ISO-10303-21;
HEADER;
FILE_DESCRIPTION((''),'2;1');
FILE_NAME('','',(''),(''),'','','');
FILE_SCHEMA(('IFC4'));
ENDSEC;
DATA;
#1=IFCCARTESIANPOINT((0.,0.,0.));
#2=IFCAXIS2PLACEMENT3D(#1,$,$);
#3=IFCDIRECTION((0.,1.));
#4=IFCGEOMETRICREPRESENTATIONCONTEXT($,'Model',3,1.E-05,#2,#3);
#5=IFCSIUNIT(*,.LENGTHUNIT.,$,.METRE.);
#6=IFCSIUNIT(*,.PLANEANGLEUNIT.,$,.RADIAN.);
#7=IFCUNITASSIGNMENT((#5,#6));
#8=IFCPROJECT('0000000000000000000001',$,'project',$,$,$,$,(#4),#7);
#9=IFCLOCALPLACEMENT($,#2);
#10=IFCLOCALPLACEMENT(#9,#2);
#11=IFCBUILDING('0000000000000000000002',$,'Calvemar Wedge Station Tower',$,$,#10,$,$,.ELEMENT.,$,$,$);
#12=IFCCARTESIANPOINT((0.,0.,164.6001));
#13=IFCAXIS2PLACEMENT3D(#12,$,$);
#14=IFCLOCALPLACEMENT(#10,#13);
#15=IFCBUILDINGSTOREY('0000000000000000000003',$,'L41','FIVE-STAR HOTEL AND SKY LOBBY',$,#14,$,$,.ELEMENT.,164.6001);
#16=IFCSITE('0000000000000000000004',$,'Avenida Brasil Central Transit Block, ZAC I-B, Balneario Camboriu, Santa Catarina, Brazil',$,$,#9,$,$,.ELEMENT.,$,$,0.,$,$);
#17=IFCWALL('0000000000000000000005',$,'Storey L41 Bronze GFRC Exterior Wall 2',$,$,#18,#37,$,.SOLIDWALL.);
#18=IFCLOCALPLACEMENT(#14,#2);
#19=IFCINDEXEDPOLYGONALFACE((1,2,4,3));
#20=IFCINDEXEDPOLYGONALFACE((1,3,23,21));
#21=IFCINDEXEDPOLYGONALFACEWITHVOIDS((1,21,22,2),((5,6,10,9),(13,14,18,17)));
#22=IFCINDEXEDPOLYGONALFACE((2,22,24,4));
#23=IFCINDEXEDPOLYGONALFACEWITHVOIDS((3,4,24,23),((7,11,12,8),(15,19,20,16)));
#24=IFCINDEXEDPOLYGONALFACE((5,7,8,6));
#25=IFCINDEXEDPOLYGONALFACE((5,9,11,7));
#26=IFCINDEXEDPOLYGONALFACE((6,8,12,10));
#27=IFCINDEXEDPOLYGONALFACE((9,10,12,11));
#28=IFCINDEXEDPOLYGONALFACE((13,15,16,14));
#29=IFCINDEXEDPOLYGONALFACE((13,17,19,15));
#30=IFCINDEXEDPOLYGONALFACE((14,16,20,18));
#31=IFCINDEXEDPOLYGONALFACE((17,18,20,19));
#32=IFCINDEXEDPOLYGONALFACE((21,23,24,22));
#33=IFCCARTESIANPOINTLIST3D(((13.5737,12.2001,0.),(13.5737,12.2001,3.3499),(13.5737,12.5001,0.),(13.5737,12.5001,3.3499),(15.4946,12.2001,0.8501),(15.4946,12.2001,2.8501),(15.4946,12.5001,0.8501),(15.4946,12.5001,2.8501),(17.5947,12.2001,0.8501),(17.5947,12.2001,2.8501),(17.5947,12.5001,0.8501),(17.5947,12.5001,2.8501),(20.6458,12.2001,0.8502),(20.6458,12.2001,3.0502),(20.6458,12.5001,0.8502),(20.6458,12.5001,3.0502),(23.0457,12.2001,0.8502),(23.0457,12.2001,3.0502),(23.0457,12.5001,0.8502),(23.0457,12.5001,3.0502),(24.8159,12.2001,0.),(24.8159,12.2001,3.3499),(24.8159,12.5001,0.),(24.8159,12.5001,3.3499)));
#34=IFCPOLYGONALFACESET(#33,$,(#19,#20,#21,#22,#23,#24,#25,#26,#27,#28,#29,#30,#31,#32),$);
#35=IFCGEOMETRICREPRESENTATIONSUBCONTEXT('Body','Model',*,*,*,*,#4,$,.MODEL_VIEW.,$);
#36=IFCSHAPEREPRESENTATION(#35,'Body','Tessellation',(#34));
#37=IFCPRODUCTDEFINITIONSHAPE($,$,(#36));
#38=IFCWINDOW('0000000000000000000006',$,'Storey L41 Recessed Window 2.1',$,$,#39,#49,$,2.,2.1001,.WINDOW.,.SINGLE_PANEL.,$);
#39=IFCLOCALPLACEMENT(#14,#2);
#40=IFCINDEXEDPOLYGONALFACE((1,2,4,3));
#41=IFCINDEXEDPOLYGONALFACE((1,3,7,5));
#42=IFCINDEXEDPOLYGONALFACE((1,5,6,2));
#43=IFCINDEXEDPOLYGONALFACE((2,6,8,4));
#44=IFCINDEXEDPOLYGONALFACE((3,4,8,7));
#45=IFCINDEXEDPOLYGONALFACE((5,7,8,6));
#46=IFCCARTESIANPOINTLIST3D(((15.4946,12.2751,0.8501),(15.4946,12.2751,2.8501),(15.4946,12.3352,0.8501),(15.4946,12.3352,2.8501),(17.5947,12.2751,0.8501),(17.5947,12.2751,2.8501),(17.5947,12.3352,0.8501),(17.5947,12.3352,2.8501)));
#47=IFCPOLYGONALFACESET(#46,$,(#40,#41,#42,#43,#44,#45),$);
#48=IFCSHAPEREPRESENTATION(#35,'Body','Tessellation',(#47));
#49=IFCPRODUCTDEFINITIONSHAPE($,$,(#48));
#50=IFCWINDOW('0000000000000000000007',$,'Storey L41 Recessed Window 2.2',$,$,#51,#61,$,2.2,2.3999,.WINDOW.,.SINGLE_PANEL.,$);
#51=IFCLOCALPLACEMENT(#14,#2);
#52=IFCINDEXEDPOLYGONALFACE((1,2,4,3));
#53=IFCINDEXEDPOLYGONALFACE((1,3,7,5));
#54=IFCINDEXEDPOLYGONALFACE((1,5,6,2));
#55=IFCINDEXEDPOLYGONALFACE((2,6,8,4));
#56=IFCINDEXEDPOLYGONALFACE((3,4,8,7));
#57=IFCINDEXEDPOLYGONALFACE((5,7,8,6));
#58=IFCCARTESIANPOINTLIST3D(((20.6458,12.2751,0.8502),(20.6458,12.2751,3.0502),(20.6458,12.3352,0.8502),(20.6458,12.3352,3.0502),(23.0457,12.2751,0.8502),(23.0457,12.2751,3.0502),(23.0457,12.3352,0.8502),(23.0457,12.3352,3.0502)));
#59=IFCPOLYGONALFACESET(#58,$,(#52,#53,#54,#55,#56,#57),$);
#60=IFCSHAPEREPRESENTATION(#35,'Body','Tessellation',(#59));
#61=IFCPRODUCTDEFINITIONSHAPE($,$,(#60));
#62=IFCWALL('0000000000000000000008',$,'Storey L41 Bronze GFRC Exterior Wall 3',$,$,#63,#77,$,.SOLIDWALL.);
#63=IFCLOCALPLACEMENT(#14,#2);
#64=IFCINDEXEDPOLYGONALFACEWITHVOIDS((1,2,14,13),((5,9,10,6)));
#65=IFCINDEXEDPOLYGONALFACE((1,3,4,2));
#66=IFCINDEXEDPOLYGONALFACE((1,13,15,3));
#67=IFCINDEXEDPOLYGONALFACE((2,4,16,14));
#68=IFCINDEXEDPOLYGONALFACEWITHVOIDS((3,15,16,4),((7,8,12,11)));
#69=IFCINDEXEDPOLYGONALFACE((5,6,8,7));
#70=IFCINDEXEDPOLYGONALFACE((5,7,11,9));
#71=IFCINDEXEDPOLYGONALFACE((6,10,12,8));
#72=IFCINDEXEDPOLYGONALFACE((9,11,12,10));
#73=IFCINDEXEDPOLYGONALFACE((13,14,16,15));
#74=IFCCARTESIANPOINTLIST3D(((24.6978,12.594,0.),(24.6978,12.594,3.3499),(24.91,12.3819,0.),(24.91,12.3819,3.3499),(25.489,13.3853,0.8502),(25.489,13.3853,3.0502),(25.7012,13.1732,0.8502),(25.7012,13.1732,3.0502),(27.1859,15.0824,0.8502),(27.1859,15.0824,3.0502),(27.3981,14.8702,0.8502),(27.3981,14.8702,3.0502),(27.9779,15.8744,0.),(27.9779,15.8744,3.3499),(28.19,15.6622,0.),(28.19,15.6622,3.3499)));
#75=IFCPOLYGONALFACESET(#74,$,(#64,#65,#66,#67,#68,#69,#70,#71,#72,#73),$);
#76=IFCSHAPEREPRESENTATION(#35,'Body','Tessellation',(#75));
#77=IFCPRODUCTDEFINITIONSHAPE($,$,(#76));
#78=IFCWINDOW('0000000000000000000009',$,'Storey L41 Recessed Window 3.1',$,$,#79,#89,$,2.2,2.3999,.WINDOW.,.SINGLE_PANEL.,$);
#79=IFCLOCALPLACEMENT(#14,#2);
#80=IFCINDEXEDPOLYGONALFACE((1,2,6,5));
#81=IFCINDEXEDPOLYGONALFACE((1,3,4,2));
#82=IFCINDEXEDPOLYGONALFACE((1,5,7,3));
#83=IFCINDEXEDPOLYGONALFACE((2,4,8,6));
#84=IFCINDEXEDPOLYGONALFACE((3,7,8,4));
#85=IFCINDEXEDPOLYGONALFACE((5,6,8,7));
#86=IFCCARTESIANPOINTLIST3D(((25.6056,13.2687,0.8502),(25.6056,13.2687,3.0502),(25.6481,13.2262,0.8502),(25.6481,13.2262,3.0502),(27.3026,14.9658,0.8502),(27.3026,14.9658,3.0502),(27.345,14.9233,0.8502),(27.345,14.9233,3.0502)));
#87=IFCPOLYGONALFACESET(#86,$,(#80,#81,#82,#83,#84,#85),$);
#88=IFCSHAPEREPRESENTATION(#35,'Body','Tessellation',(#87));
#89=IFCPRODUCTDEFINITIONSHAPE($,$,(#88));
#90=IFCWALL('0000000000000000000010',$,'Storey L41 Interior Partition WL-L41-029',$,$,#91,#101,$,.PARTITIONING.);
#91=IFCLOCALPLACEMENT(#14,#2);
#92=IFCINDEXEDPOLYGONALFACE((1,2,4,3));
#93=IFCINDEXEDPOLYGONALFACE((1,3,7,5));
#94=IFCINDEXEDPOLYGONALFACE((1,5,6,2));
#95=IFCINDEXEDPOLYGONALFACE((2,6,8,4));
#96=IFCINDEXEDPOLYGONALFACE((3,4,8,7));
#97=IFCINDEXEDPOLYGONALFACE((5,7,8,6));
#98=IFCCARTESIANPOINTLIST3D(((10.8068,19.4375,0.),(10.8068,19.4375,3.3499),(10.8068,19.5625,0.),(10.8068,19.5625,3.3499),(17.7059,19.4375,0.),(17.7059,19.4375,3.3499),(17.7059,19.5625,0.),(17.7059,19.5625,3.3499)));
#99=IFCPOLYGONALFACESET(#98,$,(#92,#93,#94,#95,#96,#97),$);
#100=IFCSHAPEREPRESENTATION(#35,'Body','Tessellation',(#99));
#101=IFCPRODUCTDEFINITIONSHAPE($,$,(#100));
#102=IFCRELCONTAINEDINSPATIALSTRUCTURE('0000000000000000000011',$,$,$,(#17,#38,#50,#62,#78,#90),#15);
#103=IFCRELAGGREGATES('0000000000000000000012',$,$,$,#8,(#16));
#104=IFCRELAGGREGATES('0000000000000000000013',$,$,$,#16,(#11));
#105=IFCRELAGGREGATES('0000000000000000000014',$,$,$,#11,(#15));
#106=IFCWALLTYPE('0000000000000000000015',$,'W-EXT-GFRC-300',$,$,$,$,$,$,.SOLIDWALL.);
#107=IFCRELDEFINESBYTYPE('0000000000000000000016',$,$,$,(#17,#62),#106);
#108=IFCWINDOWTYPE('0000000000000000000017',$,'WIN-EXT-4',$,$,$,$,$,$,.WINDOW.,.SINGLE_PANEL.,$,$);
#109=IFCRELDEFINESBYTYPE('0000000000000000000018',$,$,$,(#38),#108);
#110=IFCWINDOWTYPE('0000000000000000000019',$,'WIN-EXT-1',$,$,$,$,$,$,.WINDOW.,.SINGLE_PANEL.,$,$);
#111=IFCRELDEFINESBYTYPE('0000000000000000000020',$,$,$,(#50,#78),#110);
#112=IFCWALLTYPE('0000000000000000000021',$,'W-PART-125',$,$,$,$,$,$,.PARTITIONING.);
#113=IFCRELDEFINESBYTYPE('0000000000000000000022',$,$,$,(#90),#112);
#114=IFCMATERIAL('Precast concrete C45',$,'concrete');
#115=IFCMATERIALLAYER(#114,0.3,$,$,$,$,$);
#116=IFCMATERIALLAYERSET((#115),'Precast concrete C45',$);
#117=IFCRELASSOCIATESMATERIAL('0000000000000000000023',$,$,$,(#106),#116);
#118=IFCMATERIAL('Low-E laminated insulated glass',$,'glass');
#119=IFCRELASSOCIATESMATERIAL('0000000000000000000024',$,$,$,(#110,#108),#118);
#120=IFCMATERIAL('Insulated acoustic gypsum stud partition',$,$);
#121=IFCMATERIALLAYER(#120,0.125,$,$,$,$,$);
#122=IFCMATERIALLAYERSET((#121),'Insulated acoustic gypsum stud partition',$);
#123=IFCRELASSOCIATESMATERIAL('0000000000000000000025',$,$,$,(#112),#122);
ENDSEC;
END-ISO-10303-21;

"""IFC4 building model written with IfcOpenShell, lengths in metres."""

from ifc_helpers import new_model, si_unit, direction, frame, frame_2d, origin, place, context, subcontext, project, spatial, rectangle, extrude, source, transform, mapped, material, layer, layer_set, type_object, element, fill, save


model = new_model("IFC4")

# Units and contexts
model_context = context("Model", 3, precision=1e-05, world=origin(), true_north=direction((0.0, 1.0)))
body_context = subcontext(model_context, "Body", "Model", "MODEL_VIEW")
ifc_project = project(units=[si_unit("LENGTHUNIT", "METRE"), si_unit("PLANEANGLEUNIT", "RADIAN")], contexts=[model_context])

# Site, building, storey
site_placement = place(None, origin())
site = spatial("IfcSite", under=ifc_project, at=site_placement, Name="Avenida Brasil Central Transit Block, ZAC I-B, Balneario Camboriu, Santa Catarina, Brazil", CompositionType="ELEMENT", RefElevation=0.0)
building_placement = place(site_placement, origin())
building = spatial("IfcBuilding", under=site, at=building_placement, Name="Calvemar Wedge Station Tower", CompositionType="ELEMENT")
storey_placement = place(building_placement, frame((0.0, 0.0, 164.6001)))
storey = spatial("IfcBuildingStorey", under=building, at=storey_placement, Name="L41", Description="FIVE-STAR HOTEL AND SKY LOBBY", CompositionType="ELEMENT", Elevation=164.6001)

# Shared definitions
ifc_material_1 = material(Name="Precast concrete C45", Category="concrete")
ifc_layer_1 = layer(ifc_material_1, 0.3)
ifc_layer_set_1 = layer_set([ifc_layer_1], Name="Precast concrete C45")
wall_type_1 = type_object("IfcWallType", Name="W-EXT-GFRC-300", PredefinedType="SOLIDWALL", material=ifc_layer_set_1)
shared_shape_1 = source(origin(), body_context, "Body", "SweptSolid", [
    extrude(rectangle(XDim=2.3999, YDim=2.2, at=frame_2d((1.2, 1.1001))), frame((0.0, 0.1602, 0.0), z_axis=(0.0, -1.0, 0.0), x_axis=(1.0, 0.0, 0.0)), (0.0, 0.0, 1.0), 0.3201),
])
ifc_material_2 = material(Name="Low-E laminated insulated glass", Category="glass")
window_type_1 = type_object("IfcWindowType", Name="WIN-EXT-1", PartitioningType="SINGLE_PANEL", PredefinedType="WINDOW", material=ifc_material_2)
shared_shape_2 = source(origin(), body_context, "Body", "SweptSolid", [
    extrude(rectangle(XDim=2.3999, YDim=2.2, at=frame_2d((1.2, 1.1001))), frame((0.0, -0.0149, 0.0), z_axis=(0.0, -1.0, 0.0), x_axis=(1.0, 0.0, 0.0)), (0.0, 0.0, 1.0), 0.0601),
])

# Wall, openings, windows
wall_1_placement = place(storey_placement, frame((13.5737, 12.3501, 0.0), z_axis=(0.0, 0.0, 1.0), x_axis=(1.0, 0.0, 0.0)))
wall_1 = element("IfcWall", 1, at=wall_1_placement, inside=storey, type_object=wall_type_1, Name="Storey L41 Bronze GFRC Exterior Wall 2", PredefinedType="SOLIDWALL", context=body_context, shape_type="SweptSolid", body=[
    extrude(rectangle(XDim=11.2422, YDim=0.3, at=frame_2d((5.6211, 0.0))), origin(), (0.0, 0.0, 1.0), 3.3499),
])
shared_shape_3 = source(origin(), body_context, "Body", "SweptSolid", [
    extrude(rectangle(XDim=2.1001, YDim=2.0, at=frame_2d((1.05, 1.0))), frame((0.0, 0.1602, 0.0), z_axis=(0.0, -1.0, 0.0), x_axis=(1.0, 0.0, 0.0)), (0.0, 0.0, 1.0), 0.3201),
])
opening_1_placement = place(wall_1_placement, frame((1.9209, 0.0, 0.8501)))
opening_1 = element("IfcOpeningElement", 2, at=opening_1_placement, cuts=wall_1, PredefinedType="OPENING", context=body_context, shape_type="MappedRepresentation", body=[
    mapped(shared_shape_3, transform((0.0, 0.0, 0.0), scale=1.0)),
])
opening_2_placement = place(wall_1_placement, frame((7.072, 0.0, 0.8501)))
opening_2 = element("IfcOpeningElement", 3, at=opening_2_placement, cuts=wall_1, PredefinedType="OPENING", context=body_context, shape_type="MappedRepresentation", body=[
    mapped(shared_shape_1, transform((0.0, 0.0, 0.0), scale=1.0)),
])
window_type_2 = type_object("IfcWindowType", Name="WIN-EXT-4", PartitioningType="SINGLE_PANEL", PredefinedType="WINDOW", material=ifc_material_2)
shared_shape_4 = source(origin(), body_context, "Body", "SweptSolid", [
    extrude(rectangle(XDim=2.1001, YDim=2.0, at=frame_2d((1.05, 1.0))), frame((0.0, -0.0149, 0.0), z_axis=(0.0, -1.0, 0.0), x_axis=(1.0, 0.0, 0.0)), (0.0, 0.0, 1.0), 0.0601),
])
window_1_placement = place(opening_1_placement, origin())
window_1 = element("IfcWindow", 4, at=window_1_placement, inside=storey, type_object=window_type_2, Name="Storey L41 Recessed Window 2.1", OverallHeight=2.0, OverallWidth=2.1001, PartitioningType="SINGLE_PANEL", PredefinedType="WINDOW", context=body_context, shape_type="MappedRepresentation", body=[
    mapped(shared_shape_4, transform((0.0, 0.0, 0.0), scale=1.0)),
])
fill(opening_1, window_1)
window_2_placement = place(opening_2_placement, origin())
window_2 = element("IfcWindow", 5, at=window_2_placement, inside=storey, type_object=window_type_1, Name="Storey L41 Recessed Window 2.2", OverallHeight=2.2, OverallWidth=2.3999, PartitioningType="SINGLE_PANEL", PredefinedType="WINDOW", context=body_context, shape_type="MappedRepresentation", body=[
    mapped(shared_shape_2, transform((0.0, 0.0, 0.0), scale=1.0)),
])
fill(opening_2, window_2)

# Wall, opening, window
wall_2_placement = place(storey_placement, frame((24.804, 12.488, 0.0), z_axis=(0.0, 0.0, 1.0), x_axis=(0.70708, 0.707133, 0.0)))
wall_2 = element("IfcWall", 6, at=wall_2_placement, inside=storey, type_object=wall_type_1, Name="Storey L41 Bronze GFRC Exterior Wall 3", PredefinedType="SOLIDWALL", context=body_context, shape_type="SweptSolid", body=[
    extrude(rectangle(XDim=4.6389, YDim=0.3, at=frame_2d((2.3193, 0.0))), origin(), (0.0, 0.0, 1.0), 3.3499),
])
opening_3_placement = place(wall_2_placement, frame((1.1189, 0.0, 0.8501)))
opening_3 = element("IfcOpeningElement", 7, at=opening_3_placement, cuts=wall_2, PredefinedType="OPENING", context=body_context, shape_type="MappedRepresentation", body=[
    mapped(shared_shape_1, transform((0.0, 0.0, 0.0), scale=1.0)),
])
window_3_placement = place(opening_3_placement, origin())
window_3 = element("IfcWindow", 8, at=window_3_placement, inside=storey, type_object=window_type_1, Name="Storey L41 Recessed Window 3.1", OverallHeight=2.2, OverallWidth=2.3999, PartitioningType="SINGLE_PANEL", PredefinedType="WINDOW", context=body_context, shape_type="MappedRepresentation", body=[
    mapped(shared_shape_2, transform((0.0, 0.0, 0.0), scale=1.0)),
])
fill(opening_3, window_3)

# Wall
ifc_material_3 = material(Name="Insulated acoustic gypsum stud partition")
ifc_layer_2 = layer(ifc_material_3, 0.125)
ifc_layer_set_2 = layer_set([ifc_layer_2], Name="Insulated acoustic gypsum stud partition")
wall_type_2 = type_object("IfcWallType", Name="W-PART-125", PredefinedType="PARTITIONING", material=ifc_layer_set_2)
wall_3_placement = place(storey_placement, frame((17.7061, 19.5, 0.0), z_axis=(0.0, 0.0, 1.0), x_axis=(-1.0, 0.0, 0.0)))
element("IfcWall", 9, at=wall_3_placement, inside=storey, type_object=wall_type_2, Name="Storey L41 Interior Partition WL-L41-029", PredefinedType="PARTITIONING", context=body_context, shape_type="SweptSolid", body=[
    extrude(rectangle(XDim=6.8992, YDim=0.125, at=frame_2d((3.4497, 0.0))), origin(), (0.0, 0.0, 1.0), 3.3499),
])

save(model, "model.ifc")
